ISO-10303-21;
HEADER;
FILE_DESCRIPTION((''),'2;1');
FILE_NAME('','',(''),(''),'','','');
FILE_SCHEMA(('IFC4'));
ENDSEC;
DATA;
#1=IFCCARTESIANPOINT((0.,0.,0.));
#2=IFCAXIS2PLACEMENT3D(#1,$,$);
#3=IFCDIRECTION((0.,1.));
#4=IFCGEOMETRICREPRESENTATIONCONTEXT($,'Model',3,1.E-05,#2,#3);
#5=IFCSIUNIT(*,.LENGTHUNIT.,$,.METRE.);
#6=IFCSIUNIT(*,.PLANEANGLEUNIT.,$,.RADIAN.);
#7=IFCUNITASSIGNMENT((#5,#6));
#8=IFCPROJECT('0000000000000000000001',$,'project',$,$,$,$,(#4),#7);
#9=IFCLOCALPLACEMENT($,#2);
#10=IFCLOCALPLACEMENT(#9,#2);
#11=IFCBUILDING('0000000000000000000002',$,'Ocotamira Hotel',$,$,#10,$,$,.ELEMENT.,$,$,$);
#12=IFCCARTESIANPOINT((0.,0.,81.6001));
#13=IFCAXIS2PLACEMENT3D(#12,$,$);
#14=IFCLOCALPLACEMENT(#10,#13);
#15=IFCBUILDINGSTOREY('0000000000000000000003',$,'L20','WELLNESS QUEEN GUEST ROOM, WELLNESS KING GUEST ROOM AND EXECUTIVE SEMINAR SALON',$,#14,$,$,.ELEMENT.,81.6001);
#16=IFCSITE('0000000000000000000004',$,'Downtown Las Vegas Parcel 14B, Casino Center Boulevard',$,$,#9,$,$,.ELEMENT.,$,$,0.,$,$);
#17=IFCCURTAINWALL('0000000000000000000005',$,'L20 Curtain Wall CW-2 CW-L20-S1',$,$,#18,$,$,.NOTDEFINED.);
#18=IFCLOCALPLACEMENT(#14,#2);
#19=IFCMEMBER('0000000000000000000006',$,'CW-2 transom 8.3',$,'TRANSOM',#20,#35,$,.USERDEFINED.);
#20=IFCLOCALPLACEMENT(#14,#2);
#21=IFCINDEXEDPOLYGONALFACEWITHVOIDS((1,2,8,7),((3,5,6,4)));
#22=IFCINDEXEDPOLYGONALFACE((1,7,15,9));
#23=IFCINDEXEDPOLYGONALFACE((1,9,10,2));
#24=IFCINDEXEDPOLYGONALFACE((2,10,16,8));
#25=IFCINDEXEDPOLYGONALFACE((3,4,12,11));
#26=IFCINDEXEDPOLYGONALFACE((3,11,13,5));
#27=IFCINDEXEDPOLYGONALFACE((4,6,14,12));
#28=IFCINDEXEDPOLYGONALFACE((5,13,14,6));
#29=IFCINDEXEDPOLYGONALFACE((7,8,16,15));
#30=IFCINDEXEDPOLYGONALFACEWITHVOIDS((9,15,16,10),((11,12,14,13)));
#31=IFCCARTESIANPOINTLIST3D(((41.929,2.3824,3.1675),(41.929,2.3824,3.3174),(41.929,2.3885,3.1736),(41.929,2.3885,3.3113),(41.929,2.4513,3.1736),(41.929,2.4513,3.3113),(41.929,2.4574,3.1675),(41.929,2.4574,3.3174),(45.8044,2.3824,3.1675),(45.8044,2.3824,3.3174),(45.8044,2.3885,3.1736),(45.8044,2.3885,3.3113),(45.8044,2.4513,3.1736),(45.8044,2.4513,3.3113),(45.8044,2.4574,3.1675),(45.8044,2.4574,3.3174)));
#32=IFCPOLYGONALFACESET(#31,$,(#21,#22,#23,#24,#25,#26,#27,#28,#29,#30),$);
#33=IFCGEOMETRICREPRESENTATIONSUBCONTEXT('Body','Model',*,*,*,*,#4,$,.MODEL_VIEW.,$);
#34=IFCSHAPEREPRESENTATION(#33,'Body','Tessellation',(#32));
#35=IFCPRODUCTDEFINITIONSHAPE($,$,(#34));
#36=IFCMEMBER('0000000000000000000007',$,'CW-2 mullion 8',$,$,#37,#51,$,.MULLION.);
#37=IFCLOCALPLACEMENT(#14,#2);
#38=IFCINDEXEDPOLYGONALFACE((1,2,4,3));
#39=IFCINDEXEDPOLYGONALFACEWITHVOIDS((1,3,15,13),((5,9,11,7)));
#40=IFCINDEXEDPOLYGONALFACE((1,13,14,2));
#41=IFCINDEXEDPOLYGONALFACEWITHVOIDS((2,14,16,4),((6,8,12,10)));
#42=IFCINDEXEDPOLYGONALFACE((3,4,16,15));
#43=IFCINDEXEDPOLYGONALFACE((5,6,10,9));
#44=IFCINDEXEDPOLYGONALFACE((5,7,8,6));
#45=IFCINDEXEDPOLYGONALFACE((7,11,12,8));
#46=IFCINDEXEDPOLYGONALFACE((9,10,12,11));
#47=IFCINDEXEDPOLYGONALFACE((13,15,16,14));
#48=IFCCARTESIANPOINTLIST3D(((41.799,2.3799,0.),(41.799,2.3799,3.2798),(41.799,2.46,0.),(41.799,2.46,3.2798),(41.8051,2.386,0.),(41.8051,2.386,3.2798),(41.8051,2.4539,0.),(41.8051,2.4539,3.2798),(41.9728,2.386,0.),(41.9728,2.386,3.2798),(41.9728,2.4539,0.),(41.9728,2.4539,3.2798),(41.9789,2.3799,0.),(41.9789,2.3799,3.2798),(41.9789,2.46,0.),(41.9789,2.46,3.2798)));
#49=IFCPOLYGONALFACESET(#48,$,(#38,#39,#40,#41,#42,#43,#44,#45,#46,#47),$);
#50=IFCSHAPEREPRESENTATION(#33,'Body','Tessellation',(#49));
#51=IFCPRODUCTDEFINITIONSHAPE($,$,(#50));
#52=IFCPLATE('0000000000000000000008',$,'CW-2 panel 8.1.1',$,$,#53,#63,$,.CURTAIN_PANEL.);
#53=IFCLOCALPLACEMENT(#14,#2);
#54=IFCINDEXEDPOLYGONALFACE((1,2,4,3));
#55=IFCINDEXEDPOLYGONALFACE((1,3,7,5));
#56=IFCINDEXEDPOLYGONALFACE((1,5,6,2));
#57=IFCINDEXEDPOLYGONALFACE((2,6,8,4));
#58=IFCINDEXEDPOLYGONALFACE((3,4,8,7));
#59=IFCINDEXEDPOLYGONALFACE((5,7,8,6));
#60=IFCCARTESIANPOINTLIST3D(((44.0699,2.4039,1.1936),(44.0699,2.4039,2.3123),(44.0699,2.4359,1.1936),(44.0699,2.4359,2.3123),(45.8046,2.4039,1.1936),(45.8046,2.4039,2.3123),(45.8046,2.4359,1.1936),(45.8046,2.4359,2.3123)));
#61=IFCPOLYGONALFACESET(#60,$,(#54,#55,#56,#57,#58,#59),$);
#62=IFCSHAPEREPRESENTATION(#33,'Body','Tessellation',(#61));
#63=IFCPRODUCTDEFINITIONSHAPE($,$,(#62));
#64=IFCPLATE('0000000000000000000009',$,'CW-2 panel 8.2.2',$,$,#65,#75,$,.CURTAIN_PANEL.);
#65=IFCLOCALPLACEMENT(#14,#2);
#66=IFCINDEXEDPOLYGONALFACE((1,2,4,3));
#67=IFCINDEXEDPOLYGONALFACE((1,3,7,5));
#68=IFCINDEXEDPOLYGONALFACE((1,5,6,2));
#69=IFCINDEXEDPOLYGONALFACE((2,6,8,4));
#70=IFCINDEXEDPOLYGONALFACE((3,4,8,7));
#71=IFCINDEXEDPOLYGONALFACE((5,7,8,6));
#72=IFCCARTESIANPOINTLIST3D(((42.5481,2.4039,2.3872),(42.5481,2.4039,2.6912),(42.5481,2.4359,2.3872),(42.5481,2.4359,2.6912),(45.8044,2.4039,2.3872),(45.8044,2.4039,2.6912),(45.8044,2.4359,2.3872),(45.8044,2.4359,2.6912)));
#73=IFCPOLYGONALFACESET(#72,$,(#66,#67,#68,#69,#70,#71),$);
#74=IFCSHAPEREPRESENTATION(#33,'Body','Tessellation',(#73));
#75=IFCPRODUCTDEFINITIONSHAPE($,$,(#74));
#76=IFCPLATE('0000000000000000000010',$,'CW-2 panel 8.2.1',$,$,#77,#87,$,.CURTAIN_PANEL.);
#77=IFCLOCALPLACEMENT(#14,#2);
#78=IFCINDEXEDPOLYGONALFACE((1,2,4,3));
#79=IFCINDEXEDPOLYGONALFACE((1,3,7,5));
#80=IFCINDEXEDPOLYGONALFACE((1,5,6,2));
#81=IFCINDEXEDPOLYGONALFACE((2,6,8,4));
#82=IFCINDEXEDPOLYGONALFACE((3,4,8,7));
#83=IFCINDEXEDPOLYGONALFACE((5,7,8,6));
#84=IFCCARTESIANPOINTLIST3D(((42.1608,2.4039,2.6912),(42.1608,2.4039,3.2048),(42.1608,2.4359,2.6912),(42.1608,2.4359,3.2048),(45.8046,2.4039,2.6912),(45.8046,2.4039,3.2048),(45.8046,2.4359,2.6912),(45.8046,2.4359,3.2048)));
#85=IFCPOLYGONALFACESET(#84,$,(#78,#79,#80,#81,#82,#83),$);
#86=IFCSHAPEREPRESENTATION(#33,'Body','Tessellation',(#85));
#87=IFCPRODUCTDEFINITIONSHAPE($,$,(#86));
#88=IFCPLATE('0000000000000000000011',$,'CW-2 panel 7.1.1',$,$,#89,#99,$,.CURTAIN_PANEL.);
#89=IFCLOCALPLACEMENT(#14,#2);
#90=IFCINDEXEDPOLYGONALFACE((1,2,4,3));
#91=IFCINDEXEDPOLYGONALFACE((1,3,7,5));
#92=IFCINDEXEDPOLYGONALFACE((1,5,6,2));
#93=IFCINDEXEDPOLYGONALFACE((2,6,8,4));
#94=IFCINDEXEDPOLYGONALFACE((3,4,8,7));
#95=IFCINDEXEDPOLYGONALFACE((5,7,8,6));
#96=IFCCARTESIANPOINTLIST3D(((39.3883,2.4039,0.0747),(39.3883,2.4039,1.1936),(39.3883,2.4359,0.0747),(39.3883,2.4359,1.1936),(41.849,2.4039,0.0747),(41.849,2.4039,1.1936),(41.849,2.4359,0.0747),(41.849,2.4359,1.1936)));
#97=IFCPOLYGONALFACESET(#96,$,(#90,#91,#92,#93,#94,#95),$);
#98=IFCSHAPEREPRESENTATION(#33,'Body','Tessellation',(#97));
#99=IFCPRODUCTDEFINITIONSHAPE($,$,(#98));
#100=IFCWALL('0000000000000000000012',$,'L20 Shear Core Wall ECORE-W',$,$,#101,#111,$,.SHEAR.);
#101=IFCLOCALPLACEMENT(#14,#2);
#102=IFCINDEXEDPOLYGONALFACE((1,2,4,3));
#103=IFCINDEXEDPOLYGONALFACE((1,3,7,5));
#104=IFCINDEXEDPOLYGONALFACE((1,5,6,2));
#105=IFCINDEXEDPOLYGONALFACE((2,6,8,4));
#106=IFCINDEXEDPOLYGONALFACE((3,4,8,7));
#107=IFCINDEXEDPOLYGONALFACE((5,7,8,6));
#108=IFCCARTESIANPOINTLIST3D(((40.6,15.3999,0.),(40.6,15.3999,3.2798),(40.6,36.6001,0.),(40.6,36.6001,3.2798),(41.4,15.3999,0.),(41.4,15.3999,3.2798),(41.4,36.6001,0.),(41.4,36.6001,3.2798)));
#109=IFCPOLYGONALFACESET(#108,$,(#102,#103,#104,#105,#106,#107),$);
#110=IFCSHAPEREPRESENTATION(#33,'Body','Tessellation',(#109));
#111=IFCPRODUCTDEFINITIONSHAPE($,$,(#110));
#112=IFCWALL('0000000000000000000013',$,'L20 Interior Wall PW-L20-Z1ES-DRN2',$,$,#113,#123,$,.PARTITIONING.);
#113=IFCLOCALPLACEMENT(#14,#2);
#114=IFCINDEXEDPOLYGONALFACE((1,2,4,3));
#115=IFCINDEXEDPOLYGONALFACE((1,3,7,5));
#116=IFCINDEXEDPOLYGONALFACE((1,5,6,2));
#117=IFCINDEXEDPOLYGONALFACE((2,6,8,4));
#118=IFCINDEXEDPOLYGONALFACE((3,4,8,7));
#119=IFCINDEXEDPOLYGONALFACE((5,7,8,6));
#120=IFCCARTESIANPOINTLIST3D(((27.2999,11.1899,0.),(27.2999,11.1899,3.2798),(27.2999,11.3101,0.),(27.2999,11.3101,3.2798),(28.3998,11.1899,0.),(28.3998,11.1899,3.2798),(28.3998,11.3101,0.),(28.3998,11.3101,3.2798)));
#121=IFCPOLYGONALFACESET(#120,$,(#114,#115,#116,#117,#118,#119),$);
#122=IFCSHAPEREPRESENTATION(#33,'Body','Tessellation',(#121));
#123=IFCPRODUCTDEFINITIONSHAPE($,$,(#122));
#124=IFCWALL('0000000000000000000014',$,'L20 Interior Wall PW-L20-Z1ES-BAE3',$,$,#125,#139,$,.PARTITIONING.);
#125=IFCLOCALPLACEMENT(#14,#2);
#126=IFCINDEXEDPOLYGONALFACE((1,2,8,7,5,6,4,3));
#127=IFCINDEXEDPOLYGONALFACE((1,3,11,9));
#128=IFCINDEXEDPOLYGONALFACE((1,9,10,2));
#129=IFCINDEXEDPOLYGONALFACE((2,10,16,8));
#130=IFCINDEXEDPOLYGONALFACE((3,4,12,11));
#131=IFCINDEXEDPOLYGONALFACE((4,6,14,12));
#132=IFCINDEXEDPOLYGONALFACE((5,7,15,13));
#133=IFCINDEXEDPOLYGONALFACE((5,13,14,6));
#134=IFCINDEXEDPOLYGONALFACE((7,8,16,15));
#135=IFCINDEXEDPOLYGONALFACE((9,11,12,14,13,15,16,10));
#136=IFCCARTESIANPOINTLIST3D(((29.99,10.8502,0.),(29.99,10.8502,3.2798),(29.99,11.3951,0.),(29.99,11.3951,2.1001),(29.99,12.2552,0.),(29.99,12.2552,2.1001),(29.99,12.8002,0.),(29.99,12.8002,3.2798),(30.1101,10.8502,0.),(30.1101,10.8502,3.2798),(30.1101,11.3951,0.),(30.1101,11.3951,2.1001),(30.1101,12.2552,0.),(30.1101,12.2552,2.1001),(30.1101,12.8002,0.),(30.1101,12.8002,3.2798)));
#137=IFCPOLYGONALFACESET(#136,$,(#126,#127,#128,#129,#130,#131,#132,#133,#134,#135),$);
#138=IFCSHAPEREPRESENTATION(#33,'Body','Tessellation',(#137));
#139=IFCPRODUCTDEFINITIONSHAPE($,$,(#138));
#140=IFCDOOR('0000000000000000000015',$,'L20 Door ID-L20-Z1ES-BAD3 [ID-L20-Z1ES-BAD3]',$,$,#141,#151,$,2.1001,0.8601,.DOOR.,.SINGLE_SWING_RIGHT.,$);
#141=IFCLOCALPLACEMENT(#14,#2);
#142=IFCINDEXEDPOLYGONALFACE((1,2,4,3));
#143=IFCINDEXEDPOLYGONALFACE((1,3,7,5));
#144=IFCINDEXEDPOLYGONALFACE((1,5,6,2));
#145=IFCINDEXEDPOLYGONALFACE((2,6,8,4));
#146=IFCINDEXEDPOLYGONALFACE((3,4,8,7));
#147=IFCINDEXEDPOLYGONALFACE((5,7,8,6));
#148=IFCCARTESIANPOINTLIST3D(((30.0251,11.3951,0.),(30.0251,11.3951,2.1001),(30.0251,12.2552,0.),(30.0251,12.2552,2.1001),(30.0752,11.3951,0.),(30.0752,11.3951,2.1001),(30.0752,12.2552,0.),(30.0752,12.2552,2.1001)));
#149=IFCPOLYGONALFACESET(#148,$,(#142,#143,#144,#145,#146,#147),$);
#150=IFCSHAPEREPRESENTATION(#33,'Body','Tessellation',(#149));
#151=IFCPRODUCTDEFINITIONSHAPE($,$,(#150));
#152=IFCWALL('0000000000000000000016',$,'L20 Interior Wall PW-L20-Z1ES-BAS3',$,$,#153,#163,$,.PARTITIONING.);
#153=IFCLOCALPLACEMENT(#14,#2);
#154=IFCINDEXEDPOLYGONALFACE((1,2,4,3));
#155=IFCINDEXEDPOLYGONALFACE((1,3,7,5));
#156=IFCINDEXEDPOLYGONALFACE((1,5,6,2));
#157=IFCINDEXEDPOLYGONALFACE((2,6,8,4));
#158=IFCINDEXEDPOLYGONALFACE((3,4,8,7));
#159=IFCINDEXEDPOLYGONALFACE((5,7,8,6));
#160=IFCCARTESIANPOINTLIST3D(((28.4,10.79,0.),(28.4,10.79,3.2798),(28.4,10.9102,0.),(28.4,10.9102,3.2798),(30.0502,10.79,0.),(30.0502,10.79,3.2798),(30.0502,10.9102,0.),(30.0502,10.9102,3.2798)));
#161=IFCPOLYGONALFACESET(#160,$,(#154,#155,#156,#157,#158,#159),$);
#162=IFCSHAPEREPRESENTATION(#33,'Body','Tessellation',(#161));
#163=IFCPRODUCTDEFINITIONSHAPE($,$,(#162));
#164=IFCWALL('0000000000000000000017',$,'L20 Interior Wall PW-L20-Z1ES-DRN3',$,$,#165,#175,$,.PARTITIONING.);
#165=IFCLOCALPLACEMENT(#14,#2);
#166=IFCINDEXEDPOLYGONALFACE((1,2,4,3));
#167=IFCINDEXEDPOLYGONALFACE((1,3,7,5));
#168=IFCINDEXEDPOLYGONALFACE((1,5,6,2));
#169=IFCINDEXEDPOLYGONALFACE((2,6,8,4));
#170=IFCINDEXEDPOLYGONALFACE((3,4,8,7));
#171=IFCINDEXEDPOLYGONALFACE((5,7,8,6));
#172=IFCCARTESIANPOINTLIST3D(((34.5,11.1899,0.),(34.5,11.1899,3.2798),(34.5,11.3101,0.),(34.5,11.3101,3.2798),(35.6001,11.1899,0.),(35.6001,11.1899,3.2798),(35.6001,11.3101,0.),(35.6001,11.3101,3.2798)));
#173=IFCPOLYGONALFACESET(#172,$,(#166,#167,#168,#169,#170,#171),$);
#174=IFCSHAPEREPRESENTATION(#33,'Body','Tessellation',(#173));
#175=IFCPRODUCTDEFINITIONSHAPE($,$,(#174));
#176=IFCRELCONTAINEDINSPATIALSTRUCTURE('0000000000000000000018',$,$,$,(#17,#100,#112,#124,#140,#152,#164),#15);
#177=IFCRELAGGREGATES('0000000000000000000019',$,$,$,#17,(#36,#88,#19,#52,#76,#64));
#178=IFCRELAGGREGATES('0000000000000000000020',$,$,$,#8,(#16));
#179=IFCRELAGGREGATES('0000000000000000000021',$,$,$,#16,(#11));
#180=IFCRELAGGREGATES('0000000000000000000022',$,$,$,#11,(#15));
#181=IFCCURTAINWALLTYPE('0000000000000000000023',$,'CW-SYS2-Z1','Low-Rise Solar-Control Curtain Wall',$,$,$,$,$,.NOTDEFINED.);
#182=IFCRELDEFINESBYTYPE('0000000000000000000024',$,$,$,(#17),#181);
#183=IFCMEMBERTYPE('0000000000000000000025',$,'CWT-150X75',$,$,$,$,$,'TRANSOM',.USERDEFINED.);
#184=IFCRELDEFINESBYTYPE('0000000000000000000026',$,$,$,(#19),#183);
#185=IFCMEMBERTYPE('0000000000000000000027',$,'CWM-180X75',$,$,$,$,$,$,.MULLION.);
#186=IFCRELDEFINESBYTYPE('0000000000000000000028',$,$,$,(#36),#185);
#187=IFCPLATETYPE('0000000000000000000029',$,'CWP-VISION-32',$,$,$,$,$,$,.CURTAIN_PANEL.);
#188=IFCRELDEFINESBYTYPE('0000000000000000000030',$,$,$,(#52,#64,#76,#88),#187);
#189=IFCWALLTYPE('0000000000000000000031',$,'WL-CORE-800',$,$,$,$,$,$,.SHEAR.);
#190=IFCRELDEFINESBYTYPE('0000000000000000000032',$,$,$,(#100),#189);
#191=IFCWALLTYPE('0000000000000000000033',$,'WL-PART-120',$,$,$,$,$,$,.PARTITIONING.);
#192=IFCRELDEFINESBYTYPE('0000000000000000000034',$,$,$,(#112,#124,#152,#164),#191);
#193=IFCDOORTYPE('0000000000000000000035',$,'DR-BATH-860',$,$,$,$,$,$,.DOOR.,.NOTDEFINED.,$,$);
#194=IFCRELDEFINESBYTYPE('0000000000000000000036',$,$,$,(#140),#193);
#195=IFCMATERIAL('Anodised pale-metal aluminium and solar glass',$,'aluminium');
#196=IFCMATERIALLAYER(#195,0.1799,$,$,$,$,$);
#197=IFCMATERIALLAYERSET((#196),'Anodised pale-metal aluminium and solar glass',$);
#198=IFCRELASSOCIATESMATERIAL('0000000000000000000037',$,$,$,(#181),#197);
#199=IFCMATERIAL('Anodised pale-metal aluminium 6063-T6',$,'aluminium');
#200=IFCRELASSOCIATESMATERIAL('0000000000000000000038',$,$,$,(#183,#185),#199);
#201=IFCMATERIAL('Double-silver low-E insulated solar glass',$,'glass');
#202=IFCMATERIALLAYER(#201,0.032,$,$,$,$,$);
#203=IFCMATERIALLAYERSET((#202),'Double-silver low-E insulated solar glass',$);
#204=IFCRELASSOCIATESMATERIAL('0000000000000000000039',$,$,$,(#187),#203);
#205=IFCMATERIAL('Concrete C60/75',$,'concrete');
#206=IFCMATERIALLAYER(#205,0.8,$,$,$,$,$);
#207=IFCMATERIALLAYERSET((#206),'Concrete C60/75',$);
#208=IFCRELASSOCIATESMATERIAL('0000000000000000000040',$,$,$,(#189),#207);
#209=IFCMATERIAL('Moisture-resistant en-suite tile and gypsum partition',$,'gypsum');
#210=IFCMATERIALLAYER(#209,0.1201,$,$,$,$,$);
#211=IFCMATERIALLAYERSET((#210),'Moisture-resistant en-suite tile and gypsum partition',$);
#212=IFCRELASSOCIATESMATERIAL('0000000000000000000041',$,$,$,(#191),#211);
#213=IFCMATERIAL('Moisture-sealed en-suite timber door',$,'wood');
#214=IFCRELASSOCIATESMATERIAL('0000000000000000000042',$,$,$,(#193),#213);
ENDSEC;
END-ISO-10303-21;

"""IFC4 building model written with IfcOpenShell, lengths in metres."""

from ifc_helpers import new_model, si_unit, direction, frame, frame_2d, origin, origin_2d, place, context, subcontext, project, spatial, rectangle, hollow_rectangle, extrude, source, transform, mapped, material, layer, layer_set, material_profile, profile_set, type_object, element, fill, aggregate, save


model = new_model("IFC4")

# Units and contexts
model_context = context("Model", 3, precision=1e-05, world=origin(), true_north=direction((0.0, 1.0)))
body_context = subcontext(model_context, "Body", "Model", "MODEL_VIEW")
ifc_project = project(units=[si_unit("LENGTHUNIT", "METRE"), si_unit("PLANEANGLEUNIT", "RADIAN")], contexts=[model_context])

# Site, building, storey
site_placement = place(None, origin())
site = spatial("IfcSite", under=ifc_project, at=site_placement, Name="Downtown Las Vegas Parcel 14B, Casino Center Boulevard", CompositionType="ELEMENT", RefElevation=0.0)
building_placement = place(site_placement, origin())
building = spatial("IfcBuilding", under=site, at=building_placement, Name="Ocotamira Hotel", CompositionType="ELEMENT")
storey_placement = place(building_placement, frame((0.0, 0.0, 81.6001)))
storey = spatial("IfcBuildingStorey", under=building, at=storey_placement, Name="L20", Description="WELLNESS QUEEN GUEST ROOM, WELLNESS KING GUEST ROOM AND EXECUTIVE SEMINAR SALON", CompositionType="ELEMENT", Elevation=81.6001)

# Curtain wall, members, plates
ifc_material_1 = material(Name="Anodised pale-metal aluminium and solar glass", Category="aluminium")
ifc_layer_1 = layer(ifc_material_1, 0.1799)
ifc_layer_set_1 = layer_set([ifc_layer_1], Name="Anodised pale-metal aluminium and solar glass")
curtain_wall_type = type_object("IfcCurtainWallType", Name="CW-SYS2-Z1", Description="Low-Rise Solar-Control Curtain Wall", PredefinedType="NOTDEFINED", material=ifc_layer_set_1)
curtain_wall_placement = place(storey_placement, origin())
curtain_wall = element("IfcCurtainWall", 1, at=curtain_wall_placement, inside=storey, type_object=curtain_wall_type, Name="L20 Curtain Wall CW-2 CW-L20-S1", PredefinedType="NOTDEFINED")
ifc_material_2 = material(Name="Anodised pale-metal aluminium 6063-T6", Category="aluminium")
ifc_material_profile_1 = material_profile(ifc_material_2, hollow_rectangle(XDim=0.075, YDim=0.1499, WallThickness=0.0061, at=origin_2d()), Name="HSS150X75X6")
ifc_profile_set_1 = profile_set([ifc_material_profile_1], Name="Anodised pale-metal aluminium 6063-T6")
member_type_1 = type_object("IfcMemberType", Name="CWT-150X75", ElementType="TRANSOM", PredefinedType="USERDEFINED", material=ifc_profile_set_1)
shared_shape_1 = source(origin(), body_context, "Body", "SweptSolid", [
    extrude(hollow_rectangle(XDim=0.075, YDim=0.1499, WallThickness=0.0061, at=origin_2d()), origin(), (0.0, 0.0, 1.0), 3.8755),
])
member_1_placement = place(storey_placement, frame((41.929, 2.4199, 3.2424), z_axis=(1.0, 0.0, 0.0), x_axis=(0.0, 1.0, 0.0)))
member_1 = element("IfcMember", 2, at=member_1_placement, type_object=member_type_1, Name="CW-2 transom 8.3", ObjectType="TRANSOM", PredefinedType="USERDEFINED", context=body_context, shape_type="MappedRepresentation", body=[
    mapped(shared_shape_1, transform((0.0, 0.0, 0.0), scale=1.0)),
])
ifc_material_profile_2 = material_profile(ifc_material_2, hollow_rectangle(XDim=0.0801, YDim=0.1799, WallThickness=0.0061, at=origin_2d()), Name="HSS180X80X6")
ifc_profile_set_2 = profile_set([ifc_material_profile_2], Name="Anodised pale-metal aluminium 6063-T6")
member_type_2 = type_object("IfcMemberType", Name="CWM-180X75", PredefinedType="MULLION", material=ifc_profile_set_2)
shared_shape_2 = source(origin(), body_context, "Body", "SweptSolid", [
    extrude(hollow_rectangle(XDim=0.0801, YDim=0.1799, WallThickness=0.0061, at=origin_2d()), origin(), (0.0, 0.0, 1.0), 3.2798),
])
member_2_placement = place(storey_placement, frame((41.8889, 2.4199, 0.0), z_axis=(0.0, 0.0, 1.0), x_axis=(0.0, 1.0, 0.0)))
member_2 = element("IfcMember", 3, at=member_2_placement, type_object=member_type_2, Name="CW-2 mullion 8", PredefinedType="MULLION", context=body_context, shape_type="MappedRepresentation", body=[
    mapped(shared_shape_2, transform((0.0, 0.0, 0.0), scale=1.0)),
])
ifc_material_3 = material(Name="Double-silver low-E insulated solar glass", Category="glass")
ifc_layer_2 = layer(ifc_material_3, 0.032)
ifc_layer_set_2 = layer_set([ifc_layer_2], Name="Double-silver low-E insulated solar glass")
plate_type = type_object("IfcPlateType", Name="CWP-VISION-32", PredefinedType="CURTAIN_PANEL", material=ifc_layer_set_2)
shared_shape_3 = source(origin(), body_context, "Body", "SweptSolid", [
    extrude(rectangle(XDim=1.7346, YDim=0.032, at=origin_2d()), origin(), (0.0, 0.0, 1.0), 1.1187),
])
plate_1_placement = place(storey_placement, frame((44.9373, 2.4199, 1.1936), z_axis=(0.0, 0.0, 1.0), x_axis=(1.0, 0.0, 0.0)))
plate_1 = element("IfcPlate", 4, at=plate_1_placement, type_object=plate_type, Name="CW-2 panel 8.1.1", PredefinedType="CURTAIN_PANEL", context=body_context, shape_type="MappedRepresentation", body=[
    mapped(shared_shape_3, transform((0.0, 0.0, 0.0), scale=1.0)),
])
shared_shape_4 = source(origin(), body_context, "Body", "SweptSolid", [
    extrude(rectangle(XDim=3.2563, YDim=0.032, at=origin_2d()), origin(), (0.0, 0.0, 1.0), 0.304),
])
plate_2_placement = place(storey_placement, frame((44.1763, 2.4199, 2.3872), z_axis=(0.0, 0.0, 1.0), x_axis=(1.0, 0.0, 0.0)))
plate_2 = element("IfcPlate", 5, at=plate_2_placement, type_object=plate_type, Name="CW-2 panel 8.2.2", PredefinedType="CURTAIN_PANEL", context=body_context, shape_type="MappedRepresentation", body=[
    mapped(shared_shape_4, transform((0.0, 0.0, 0.0), scale=1.0)),
])
shared_shape_5 = source(origin(), body_context, "Body", "SweptSolid", [
    extrude(rectangle(XDim=3.6438, YDim=0.032, at=origin_2d()), origin(), (0.0, 0.0, 1.0), 0.5137),
])
plate_3_placement = place(storey_placement, frame((43.9827, 2.4199, 2.6912), z_axis=(0.0, 0.0, 1.0), x_axis=(1.0, 0.0, 0.0)))
plate_3 = element("IfcPlate", 6, at=plate_3_placement, type_object=plate_type, Name="CW-2 panel 8.2.1", PredefinedType="CURTAIN_PANEL", context=body_context, shape_type="MappedRepresentation", body=[
    mapped(shared_shape_5, transform((0.0, 0.0, 0.0), scale=1.0)),
])
shared_shape_6 = source(origin(), body_context, "Body", "SweptSolid", [
    extrude(rectangle(XDim=2.4607, YDim=0.032, at=origin_2d()), origin(), (0.0, 0.0, 1.0), 1.1189),
])
plate_4_placement = place(storey_placement, frame((40.6187, 2.4199, 0.0747), z_axis=(0.0, 0.0, 1.0), x_axis=(1.0, 0.0, 0.0)))
plate_4 = element("IfcPlate", 7, at=plate_4_placement, type_object=plate_type, Name="CW-2 panel 7.1.1", PredefinedType="CURTAIN_PANEL", context=body_context, shape_type="MappedRepresentation", body=[
    mapped(shared_shape_6, transform((0.0, 0.0, 0.0), scale=1.0)),
])
aggregate(curtain_wall, [member_2, plate_4, member_1, plate_1, plate_3, plate_2])

# Shared definitions
ifc_material_4 = material(Name="Concrete C60/75", Category="concrete")
ifc_layer_3 = layer(ifc_material_4, 0.8)
ifc_layer_set_3 = layer_set([ifc_layer_3], Name="Concrete C60/75")
wall_type_1 = type_object("IfcWallType", Name="WL-CORE-800", PredefinedType="SHEAR", material=ifc_layer_set_3)

# Walls
wall_1_placement = place(storey_placement, frame((41.0, 15.3999, 0.0), z_axis=(0.0, 0.0, 1.0), x_axis=(0.0, 1.0, 0.0)))
element("IfcWall", 8, at=wall_1_placement, inside=storey, type_object=wall_type_1, Name="L20 Shear Core Wall ECORE-W", PredefinedType="SHEAR", context=body_context, shape_type="SweptSolid", body=[
    extrude(rectangle(XDim=21.2002, YDim=0.8, at=frame_2d((10.6001, 0.0))), origin(), (0.0, 0.0, 1.0), 3.2798),
])
ifc_material_5 = material(Name="Moisture-resistant en-suite tile and gypsum partition", Category="gypsum")
ifc_layer_4 = layer(ifc_material_5, 0.1201)
ifc_layer_set_4 = layer_set([ifc_layer_4], Name="Moisture-resistant en-suite tile and gypsum partition")
wall_type_2 = type_object("IfcWallType", Name="WL-PART-120", PredefinedType="PARTITIONING", material=ifc_layer_set_4)
wall_2_placement = place(storey_placement, frame((27.3, 11.25, 0.0), z_axis=(0.0, 0.0, 1.0), x_axis=(1.0, 0.0, 0.0)))
element("IfcWall", 9, at=wall_2_placement, inside=storey, type_object=wall_type_2, Name="L20 Interior Wall PW-L20-Z1ES-DRN2", PredefinedType="PARTITIONING", context=body_context, shape_type="SweptSolid", body=[
    extrude(rectangle(XDim=1.0999, YDim=0.1201, at=frame_2d((0.5498, 0.0))), origin(), (0.0, 0.0, 1.0), 3.2798),
])

# Wall, opening, door
wall_3_placement = place(storey_placement, frame((30.05, 10.8501, 0.0), z_axis=(0.0, 0.0, 1.0), x_axis=(0.0, 1.0, 0.0)))
wall_3 = element("IfcWall", 10, at=wall_3_placement, inside=storey, type_object=wall_type_2, Name="L20 Interior Wall PW-L20-Z1ES-BAE3", PredefinedType="PARTITIONING", context=body_context, shape_type="SweptSolid", body=[
    extrude(rectangle(XDim=1.95, YDim=0.1201, at=frame_2d((0.9751, 0.0))), origin(), (0.0, 0.0, 1.0), 3.2798),
])
opening_1_placement = place(wall_3_placement, frame((0.5449, 0.0, 0.0)))
opening_1 = element("IfcOpeningElement", 11, at=opening_1_placement, cuts=wall_3, PredefinedType="OPENING", context=body_context, shape_type="SweptSolid", body=[
    extrude(rectangle(XDim=0.8601, YDim=2.1001, at=frame_2d((0.4302, 1.05))), frame((0.0, 0.0701, 0.0), z_axis=(0.0, -1.0, 0.0), x_axis=(1.0, 0.0, 0.0)), (0.0, 0.0, 1.0), 0.1401),
])
ifc_material_6 = material(Name="Moisture-sealed en-suite timber door", Category="wood")
door_type_1 = type_object("IfcDoorType", Name="DR-BATH-860", OperationType="NOTDEFINED", PredefinedType="DOOR", material=ifc_material_6)
shared_shape_7 = source(origin(), body_context, "Body", "SweptSolid", [
    extrude(rectangle(XDim=0.8601, YDim=2.1001, at=frame_2d((0.4302, 1.05))), frame((0.0, 0.0249, 0.0), z_axis=(0.0, -1.0, 0.0), x_axis=(1.0, 0.0, 0.0)), (0.0, 0.0, 1.0), 0.05),
])
door_1_placement = place(opening_1_placement, origin())
door_1 = element("IfcDoor", 12, at=door_1_placement, inside=storey, type_object=door_type_1, Name="L20 Door ID-L20-Z1ES-BAD3 [ID-L20-Z1ES-BAD3]", OperationType="SINGLE_SWING_RIGHT", OverallHeight=2.1001, OverallWidth=0.8601, PredefinedType="DOOR", context=body_context, shape_type="MappedRepresentation", body=[
    mapped(shared_shape_7, transform((0.0, 0.0, 0.0), scale=1.0)),
])
fill(opening_1, door_1)

# Walls
wall_4_placement = place(storey_placement, frame((28.3999, 10.8501, 0.0), z_axis=(0.0, 0.0, 1.0), x_axis=(1.0, 0.0, 0.0)))
element("IfcWall", 13, at=wall_4_placement, inside=storey, type_object=wall_type_2, Name="L20 Interior Wall PW-L20-Z1ES-BAS3", PredefinedType="PARTITIONING", context=body_context, shape_type="SweptSolid", body=[
    extrude(rectangle(XDim=1.6501, YDim=0.1201, at=frame_2d((0.8252, 0.0))), origin(), (0.0, 0.0, 1.0), 3.2798),
])
wall_5_placement = place(storey_placement, frame((34.5, 11.25, 0.0), z_axis=(0.0, 0.0, 1.0), x_axis=(1.0, 0.0, 0.0)))
element("IfcWall", 14, at=wall_5_placement, inside=storey, type_object=wall_type_2, Name="L20 Interior Wall PW-L20-Z1ES-DRN3", PredefinedType="PARTITIONING", context=body_context, shape_type="SweptSolid", body=[
    extrude(rectangle(XDim=1.1001, YDim=0.1201, at=frame_2d((0.55, 0.0))), origin(), (0.0, 0.0, 1.0), 3.2798),
])

save(model, "model.ifc")
